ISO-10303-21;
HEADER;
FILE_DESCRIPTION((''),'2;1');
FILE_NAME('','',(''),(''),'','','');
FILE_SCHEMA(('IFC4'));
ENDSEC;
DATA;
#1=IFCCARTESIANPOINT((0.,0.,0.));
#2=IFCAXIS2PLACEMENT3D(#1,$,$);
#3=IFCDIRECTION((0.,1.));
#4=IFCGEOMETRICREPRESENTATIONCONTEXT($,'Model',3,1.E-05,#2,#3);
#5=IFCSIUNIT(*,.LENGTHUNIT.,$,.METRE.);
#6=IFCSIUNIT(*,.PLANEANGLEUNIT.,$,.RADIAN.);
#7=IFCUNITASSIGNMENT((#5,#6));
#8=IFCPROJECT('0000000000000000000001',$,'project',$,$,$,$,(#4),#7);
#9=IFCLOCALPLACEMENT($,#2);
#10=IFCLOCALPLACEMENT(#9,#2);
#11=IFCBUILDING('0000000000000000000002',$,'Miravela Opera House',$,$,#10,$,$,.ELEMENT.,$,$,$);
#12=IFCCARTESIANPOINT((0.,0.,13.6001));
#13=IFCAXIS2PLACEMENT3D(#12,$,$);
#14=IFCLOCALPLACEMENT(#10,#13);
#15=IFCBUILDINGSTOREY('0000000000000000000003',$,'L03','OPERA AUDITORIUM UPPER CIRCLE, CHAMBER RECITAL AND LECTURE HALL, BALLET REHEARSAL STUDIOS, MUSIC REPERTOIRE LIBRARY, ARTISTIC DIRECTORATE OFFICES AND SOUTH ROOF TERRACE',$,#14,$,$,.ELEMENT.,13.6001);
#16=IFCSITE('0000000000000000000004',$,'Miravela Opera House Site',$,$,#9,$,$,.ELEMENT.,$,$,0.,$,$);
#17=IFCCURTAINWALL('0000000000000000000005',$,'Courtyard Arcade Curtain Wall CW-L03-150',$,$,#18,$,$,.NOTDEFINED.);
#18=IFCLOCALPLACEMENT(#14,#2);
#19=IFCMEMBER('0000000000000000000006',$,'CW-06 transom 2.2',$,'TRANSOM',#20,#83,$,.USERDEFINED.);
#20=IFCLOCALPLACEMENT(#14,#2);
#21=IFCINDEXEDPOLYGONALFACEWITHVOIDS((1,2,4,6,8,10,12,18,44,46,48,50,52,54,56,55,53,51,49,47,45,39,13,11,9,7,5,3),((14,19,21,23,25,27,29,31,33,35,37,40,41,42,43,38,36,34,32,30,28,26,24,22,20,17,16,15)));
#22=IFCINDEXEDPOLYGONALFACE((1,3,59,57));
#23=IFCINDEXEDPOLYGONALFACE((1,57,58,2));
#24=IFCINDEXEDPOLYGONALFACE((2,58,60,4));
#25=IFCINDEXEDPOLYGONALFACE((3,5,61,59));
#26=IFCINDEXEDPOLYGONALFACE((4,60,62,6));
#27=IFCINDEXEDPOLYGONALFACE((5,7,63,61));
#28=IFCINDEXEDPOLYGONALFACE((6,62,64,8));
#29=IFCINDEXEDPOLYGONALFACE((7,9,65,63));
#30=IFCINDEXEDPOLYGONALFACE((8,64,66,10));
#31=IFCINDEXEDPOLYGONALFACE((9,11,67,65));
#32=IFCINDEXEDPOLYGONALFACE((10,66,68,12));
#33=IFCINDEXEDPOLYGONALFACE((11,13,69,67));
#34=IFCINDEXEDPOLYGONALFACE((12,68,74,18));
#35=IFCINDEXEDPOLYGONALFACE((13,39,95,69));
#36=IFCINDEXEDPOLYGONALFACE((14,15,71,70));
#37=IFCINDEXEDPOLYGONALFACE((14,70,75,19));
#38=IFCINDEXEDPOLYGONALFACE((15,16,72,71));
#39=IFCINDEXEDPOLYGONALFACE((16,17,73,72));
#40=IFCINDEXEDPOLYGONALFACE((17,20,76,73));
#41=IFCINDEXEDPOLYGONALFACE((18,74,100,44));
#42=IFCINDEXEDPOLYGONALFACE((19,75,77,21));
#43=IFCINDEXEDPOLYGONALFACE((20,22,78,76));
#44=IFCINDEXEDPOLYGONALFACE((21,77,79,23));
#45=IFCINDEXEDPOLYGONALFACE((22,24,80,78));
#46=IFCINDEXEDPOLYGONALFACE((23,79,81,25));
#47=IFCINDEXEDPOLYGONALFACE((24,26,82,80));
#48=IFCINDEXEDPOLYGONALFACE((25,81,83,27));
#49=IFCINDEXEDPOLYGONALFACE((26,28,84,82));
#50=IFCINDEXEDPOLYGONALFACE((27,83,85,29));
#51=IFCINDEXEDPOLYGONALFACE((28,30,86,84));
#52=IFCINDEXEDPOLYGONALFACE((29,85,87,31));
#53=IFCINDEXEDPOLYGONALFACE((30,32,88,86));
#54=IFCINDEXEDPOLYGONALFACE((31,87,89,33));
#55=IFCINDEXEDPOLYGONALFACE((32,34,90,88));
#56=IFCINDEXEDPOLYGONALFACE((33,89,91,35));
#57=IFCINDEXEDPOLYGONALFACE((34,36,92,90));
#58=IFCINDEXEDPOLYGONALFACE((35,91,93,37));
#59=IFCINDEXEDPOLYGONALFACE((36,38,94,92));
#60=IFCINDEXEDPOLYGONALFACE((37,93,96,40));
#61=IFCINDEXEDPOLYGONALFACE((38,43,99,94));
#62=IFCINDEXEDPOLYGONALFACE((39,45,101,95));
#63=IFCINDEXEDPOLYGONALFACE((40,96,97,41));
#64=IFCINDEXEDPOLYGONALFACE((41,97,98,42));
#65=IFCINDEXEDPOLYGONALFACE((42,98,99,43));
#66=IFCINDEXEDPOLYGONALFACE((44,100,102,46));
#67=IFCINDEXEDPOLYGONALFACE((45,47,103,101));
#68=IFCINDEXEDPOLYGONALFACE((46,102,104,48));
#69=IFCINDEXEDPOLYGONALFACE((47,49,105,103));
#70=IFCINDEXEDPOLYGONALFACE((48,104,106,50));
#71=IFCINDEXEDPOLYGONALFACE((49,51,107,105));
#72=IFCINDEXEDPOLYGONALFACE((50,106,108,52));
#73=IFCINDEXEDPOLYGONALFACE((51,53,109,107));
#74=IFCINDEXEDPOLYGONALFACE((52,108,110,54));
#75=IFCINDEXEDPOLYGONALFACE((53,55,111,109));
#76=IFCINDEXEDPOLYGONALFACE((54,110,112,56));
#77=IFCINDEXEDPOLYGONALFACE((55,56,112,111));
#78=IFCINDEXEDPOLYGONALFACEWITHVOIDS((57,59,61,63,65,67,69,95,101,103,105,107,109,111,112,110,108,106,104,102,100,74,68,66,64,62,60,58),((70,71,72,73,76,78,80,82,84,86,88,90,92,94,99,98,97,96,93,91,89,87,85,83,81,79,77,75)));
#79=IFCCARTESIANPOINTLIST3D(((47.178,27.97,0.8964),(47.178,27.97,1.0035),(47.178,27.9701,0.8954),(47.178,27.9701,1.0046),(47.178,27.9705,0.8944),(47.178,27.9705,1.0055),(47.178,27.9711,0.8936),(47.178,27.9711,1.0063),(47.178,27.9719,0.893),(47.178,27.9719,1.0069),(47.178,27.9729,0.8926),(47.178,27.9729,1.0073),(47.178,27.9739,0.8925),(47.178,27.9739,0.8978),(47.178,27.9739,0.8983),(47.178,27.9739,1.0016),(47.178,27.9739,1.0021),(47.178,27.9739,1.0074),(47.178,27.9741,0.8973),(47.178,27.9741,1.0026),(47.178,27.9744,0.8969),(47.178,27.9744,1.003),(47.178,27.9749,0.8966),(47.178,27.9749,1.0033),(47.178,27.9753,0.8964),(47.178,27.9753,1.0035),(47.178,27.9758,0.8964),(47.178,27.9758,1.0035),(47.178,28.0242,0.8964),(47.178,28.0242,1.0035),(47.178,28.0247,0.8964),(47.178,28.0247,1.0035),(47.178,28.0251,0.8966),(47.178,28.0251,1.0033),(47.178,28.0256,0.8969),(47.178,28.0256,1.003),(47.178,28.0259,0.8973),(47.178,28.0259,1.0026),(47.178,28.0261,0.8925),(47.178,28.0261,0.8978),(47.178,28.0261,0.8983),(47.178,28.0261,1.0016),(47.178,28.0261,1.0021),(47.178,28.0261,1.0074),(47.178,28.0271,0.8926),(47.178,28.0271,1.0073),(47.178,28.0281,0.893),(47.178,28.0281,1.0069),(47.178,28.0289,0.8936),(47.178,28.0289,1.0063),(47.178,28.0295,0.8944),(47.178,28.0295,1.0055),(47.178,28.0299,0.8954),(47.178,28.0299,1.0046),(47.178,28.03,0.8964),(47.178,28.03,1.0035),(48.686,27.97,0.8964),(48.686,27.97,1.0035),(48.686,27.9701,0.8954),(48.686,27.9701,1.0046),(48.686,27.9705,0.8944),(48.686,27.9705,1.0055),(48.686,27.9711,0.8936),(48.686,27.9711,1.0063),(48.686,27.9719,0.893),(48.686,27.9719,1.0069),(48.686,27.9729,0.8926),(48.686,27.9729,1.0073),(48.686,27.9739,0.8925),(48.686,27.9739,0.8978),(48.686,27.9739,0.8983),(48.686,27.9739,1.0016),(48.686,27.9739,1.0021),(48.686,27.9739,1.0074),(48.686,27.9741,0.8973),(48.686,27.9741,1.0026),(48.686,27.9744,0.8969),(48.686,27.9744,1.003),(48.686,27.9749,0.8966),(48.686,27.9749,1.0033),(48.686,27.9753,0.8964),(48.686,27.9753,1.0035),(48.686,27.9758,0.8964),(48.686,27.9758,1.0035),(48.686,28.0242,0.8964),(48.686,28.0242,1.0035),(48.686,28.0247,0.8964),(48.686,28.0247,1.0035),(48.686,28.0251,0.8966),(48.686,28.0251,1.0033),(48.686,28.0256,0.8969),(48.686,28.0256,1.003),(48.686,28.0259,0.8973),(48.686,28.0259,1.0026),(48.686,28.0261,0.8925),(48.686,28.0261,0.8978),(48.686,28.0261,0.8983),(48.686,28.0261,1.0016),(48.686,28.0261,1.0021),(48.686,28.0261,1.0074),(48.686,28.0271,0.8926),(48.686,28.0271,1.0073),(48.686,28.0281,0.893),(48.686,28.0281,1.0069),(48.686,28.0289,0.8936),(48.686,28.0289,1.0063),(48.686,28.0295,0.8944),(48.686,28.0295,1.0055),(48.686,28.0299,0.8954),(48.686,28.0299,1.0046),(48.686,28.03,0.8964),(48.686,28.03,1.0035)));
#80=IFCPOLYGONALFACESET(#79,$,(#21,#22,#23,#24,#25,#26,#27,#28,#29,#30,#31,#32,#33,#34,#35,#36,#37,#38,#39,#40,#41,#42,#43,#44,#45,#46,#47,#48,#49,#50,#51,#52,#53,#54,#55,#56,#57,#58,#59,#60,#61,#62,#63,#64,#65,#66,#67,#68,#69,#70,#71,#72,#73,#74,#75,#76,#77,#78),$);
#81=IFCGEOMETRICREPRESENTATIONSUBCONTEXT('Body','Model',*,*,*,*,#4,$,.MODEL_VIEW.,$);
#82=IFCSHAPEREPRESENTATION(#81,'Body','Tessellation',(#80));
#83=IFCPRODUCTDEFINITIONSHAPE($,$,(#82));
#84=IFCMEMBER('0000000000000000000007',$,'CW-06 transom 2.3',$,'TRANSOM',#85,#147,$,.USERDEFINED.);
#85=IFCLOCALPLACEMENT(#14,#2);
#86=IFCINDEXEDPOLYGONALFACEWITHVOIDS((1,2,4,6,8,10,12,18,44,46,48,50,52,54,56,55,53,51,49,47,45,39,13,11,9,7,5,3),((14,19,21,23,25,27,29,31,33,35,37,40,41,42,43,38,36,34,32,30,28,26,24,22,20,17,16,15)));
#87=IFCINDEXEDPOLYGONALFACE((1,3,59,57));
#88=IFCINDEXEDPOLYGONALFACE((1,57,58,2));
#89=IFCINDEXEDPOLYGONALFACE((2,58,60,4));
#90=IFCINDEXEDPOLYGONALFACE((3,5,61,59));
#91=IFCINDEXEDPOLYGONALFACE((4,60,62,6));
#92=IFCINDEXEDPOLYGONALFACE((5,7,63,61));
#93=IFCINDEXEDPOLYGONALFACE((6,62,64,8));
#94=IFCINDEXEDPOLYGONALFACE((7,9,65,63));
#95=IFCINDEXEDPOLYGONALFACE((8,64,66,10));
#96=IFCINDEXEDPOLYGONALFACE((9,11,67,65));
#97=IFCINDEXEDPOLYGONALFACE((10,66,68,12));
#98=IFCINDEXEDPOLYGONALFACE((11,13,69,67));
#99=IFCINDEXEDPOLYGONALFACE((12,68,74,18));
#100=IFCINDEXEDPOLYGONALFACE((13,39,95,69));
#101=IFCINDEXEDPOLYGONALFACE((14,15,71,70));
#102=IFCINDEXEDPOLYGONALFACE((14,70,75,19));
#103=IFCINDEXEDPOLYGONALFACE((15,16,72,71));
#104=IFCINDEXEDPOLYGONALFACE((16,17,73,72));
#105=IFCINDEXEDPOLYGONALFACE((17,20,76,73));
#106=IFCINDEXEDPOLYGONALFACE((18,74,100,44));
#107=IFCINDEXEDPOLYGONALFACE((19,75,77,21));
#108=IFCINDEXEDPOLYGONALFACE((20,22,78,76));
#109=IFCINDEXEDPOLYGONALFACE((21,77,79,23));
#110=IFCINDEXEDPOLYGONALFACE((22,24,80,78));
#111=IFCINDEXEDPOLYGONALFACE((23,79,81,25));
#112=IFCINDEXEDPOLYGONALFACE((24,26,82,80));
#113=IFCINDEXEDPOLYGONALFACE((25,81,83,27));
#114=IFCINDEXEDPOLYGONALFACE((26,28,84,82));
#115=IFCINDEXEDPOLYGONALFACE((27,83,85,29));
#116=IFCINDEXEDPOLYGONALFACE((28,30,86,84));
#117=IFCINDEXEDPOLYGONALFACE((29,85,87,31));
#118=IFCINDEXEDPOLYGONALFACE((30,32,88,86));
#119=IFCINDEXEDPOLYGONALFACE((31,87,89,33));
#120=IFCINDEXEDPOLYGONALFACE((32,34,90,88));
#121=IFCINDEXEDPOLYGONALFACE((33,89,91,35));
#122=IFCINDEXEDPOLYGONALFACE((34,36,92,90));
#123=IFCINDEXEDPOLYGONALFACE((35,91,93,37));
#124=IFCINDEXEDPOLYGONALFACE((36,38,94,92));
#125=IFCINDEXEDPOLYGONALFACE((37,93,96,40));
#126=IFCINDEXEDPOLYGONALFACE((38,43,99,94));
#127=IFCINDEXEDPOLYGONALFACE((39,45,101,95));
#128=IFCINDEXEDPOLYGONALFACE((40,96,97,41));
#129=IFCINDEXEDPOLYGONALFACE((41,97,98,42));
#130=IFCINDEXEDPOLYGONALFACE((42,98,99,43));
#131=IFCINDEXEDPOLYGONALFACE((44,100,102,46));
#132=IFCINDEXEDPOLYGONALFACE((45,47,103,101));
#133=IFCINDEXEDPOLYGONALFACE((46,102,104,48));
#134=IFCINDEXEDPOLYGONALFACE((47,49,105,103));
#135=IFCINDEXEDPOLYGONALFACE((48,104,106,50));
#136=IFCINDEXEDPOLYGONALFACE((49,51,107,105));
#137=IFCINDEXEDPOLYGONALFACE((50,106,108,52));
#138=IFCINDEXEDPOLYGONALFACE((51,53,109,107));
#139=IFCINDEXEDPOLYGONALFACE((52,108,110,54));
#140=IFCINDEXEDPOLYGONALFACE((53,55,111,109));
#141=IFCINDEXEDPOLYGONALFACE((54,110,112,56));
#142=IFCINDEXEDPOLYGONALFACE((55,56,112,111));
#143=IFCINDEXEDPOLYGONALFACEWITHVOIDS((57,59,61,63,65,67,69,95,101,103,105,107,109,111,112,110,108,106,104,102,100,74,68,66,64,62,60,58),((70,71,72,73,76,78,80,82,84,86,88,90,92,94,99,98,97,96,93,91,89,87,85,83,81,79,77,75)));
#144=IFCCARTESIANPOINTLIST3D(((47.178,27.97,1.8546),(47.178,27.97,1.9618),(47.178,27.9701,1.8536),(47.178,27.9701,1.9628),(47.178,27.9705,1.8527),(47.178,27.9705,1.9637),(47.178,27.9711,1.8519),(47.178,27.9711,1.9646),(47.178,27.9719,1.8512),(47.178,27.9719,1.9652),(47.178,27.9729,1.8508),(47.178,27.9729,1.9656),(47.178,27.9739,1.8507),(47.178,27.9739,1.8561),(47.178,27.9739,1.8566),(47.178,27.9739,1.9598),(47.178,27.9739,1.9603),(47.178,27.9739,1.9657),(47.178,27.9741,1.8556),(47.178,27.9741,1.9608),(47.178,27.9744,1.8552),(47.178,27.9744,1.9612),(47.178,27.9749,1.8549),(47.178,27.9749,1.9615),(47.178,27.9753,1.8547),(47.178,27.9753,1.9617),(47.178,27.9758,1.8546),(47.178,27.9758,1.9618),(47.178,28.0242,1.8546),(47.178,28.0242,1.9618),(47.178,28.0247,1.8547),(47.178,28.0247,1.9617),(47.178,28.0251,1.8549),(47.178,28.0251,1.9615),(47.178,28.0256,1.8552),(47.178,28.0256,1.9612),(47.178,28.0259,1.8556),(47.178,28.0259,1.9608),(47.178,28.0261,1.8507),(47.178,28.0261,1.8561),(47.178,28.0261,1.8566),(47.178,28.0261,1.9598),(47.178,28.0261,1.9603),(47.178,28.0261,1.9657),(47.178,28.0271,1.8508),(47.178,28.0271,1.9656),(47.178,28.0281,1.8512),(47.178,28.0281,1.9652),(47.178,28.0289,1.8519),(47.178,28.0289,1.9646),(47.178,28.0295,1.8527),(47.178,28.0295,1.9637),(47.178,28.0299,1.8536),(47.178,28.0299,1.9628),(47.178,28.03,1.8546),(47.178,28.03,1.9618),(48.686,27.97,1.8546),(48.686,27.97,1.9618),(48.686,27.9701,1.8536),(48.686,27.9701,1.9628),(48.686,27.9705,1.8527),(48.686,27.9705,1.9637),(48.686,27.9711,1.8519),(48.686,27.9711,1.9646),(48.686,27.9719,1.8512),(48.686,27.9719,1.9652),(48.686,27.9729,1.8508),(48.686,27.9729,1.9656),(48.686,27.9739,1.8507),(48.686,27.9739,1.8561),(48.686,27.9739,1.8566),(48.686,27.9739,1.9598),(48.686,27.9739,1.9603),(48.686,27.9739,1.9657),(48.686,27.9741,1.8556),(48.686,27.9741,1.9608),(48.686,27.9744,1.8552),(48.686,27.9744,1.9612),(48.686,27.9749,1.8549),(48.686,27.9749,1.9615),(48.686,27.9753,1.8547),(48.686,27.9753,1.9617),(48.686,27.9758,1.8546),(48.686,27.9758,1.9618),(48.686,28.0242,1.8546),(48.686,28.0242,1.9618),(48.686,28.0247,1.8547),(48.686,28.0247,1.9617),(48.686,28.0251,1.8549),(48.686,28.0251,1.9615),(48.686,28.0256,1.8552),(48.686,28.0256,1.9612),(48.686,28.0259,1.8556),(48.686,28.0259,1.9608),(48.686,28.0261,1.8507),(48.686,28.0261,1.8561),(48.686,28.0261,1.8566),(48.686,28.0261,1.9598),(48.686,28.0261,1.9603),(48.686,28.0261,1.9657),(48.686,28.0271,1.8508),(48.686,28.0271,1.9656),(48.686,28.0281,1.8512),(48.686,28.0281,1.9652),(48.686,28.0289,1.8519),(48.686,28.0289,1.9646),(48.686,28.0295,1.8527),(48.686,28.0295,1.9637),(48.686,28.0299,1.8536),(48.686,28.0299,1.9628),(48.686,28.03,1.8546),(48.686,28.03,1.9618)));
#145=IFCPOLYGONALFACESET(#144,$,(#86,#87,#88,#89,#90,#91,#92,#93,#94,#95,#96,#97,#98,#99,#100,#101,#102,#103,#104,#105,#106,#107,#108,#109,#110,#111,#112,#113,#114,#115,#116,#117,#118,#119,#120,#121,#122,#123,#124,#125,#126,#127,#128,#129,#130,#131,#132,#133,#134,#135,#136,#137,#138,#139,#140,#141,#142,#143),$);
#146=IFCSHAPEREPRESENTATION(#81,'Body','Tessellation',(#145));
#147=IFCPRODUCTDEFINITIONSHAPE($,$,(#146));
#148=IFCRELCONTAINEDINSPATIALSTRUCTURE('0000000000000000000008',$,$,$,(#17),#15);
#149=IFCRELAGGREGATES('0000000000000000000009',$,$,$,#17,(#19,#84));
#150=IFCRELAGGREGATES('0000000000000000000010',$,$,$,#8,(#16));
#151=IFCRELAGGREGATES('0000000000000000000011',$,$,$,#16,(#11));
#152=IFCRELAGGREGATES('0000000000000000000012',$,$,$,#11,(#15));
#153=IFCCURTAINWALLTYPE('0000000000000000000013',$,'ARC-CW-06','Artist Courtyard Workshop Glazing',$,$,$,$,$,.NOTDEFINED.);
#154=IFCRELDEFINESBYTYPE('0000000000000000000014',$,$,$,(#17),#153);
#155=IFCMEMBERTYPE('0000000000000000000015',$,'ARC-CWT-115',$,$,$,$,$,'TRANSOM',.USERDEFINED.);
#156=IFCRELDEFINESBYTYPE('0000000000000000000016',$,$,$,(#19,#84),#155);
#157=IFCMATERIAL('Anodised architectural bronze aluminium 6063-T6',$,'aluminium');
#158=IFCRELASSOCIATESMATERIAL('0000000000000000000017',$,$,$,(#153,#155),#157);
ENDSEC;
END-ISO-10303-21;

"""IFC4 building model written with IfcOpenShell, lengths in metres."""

from ifc_helpers import new_model, si_unit, direction, frame, origin, origin_2d, place, context, subcontext, project, spatial, hollow_rectangle, extrude, material, material_profile, profile_set, type_object, element, aggregate, save


model = new_model("IFC4")

# Units and contexts
model_context = context("Model", 3, precision=1e-05, world=origin(), true_north=direction((0.0, 1.0)))
body_context = subcontext(model_context, "Body", "Model", "MODEL_VIEW")
ifc_project = project(units=[si_unit("LENGTHUNIT", "METRE"), si_unit("PLANEANGLEUNIT", "RADIAN")], contexts=[model_context])

# Site, building, storey
site_placement = place(None, origin())
site = spatial("IfcSite", under=ifc_project, at=site_placement, Name="Miravela Opera House Site", CompositionType="ELEMENT", RefElevation=0.0)
building_placement = place(site_placement, origin())
building = spatial("IfcBuilding", under=site, at=building_placement, Name="Miravela Opera House", CompositionType="ELEMENT")
storey_placement = place(building_placement, frame((0.0, 0.0, 13.6001)))
storey = spatial("IfcBuildingStorey", under=building, at=storey_placement, Name="L03", Description="OPERA AUDITORIUM UPPER CIRCLE, CHAMBER RECITAL AND LECTURE HALL, BALLET REHEARSAL STUDIOS, MUSIC REPERTOIRE LIBRARY, ARTISTIC DIRECTORATE OFFICES AND SOUTH ROOF TERRACE", CompositionType="ELEMENT", Elevation=13.6001)

# Curtain wall
ifc_material_1 = material(Name="Anodised architectural bronze aluminium 6063-T6", Category="aluminium")
curtain_wall_type = type_object("IfcCurtainWallType", Name="ARC-CW-06", Description="Artist Courtyard Workshop Glazing", PredefinedType="NOTDEFINED", material=ifc_material_1)
curtain_wall_1_placement = place(storey_placement, origin())
curtain_wall_1 = element("IfcCurtainWall", 1, at=curtain_wall_1_placement, inside=storey, type_object=curtain_wall_type, Name="Courtyard Arcade Curtain Wall CW-L03-150", PredefinedType="NOTDEFINED")

# Members
ifc_material_profile_1 = material_profile(ifc_material_1, hollow_rectangle(XDim=0.0601, YDim=0.115, WallThickness=0.0039, InnerFilletRadius=0.002, OuterFilletRadius=0.0039, at=origin_2d()), Name="CWT-60X115")
ifc_profile_set_1 = profile_set([ifc_material_profile_1])
member_type_1 = type_object("IfcMemberType", Name="ARC-CWT-115", ElementType="TRANSOM", PredefinedType="USERDEFINED", material=ifc_profile_set_1)
member_1_placement = place(storey_placement, frame((47.178, 28.0, 0.95), z_axis=(1.0, 0.0, 0.0), x_axis=(0.0, 1.0, 0.0)))
member_1 = element("IfcMember", 2, at=member_1_placement, type_object=member_type_1, Name="CW-06 transom 2.2", ObjectType="TRANSOM", PredefinedType="USERDEFINED", context=body_context, shape_type="SweptSolid", body=[
    extrude(hollow_rectangle(XDim=0.0601, YDim=0.115, WallThickness=0.0039, InnerFilletRadius=0.002, OuterFilletRadius=0.0039, at=origin_2d()), origin(), (0.0, 0.0, 1.0), 1.5081),
])
member_2_placement = place(storey_placement, frame((47.178, 28.0, 1.9082), z_axis=(1.0, 0.0, 0.0), x_axis=(0.0, 1.0, 0.0)))
member_2 = element("IfcMember", 3, at=member_2_placement, type_object=member_type_1, Name="CW-06 transom 2.3", ObjectType="TRANSOM", PredefinedType="USERDEFINED", context=body_context, shape_type="SweptSolid", body=[
    extrude(hollow_rectangle(XDim=0.0601, YDim=0.115, WallThickness=0.0039, InnerFilletRadius=0.002, OuterFilletRadius=0.0039, at=origin_2d()), origin(), (0.0, 0.0, 1.0), 1.5081),
])

aggregate(curtain_wall_1, [member_1, member_2])

save(model, "model.ifc")
